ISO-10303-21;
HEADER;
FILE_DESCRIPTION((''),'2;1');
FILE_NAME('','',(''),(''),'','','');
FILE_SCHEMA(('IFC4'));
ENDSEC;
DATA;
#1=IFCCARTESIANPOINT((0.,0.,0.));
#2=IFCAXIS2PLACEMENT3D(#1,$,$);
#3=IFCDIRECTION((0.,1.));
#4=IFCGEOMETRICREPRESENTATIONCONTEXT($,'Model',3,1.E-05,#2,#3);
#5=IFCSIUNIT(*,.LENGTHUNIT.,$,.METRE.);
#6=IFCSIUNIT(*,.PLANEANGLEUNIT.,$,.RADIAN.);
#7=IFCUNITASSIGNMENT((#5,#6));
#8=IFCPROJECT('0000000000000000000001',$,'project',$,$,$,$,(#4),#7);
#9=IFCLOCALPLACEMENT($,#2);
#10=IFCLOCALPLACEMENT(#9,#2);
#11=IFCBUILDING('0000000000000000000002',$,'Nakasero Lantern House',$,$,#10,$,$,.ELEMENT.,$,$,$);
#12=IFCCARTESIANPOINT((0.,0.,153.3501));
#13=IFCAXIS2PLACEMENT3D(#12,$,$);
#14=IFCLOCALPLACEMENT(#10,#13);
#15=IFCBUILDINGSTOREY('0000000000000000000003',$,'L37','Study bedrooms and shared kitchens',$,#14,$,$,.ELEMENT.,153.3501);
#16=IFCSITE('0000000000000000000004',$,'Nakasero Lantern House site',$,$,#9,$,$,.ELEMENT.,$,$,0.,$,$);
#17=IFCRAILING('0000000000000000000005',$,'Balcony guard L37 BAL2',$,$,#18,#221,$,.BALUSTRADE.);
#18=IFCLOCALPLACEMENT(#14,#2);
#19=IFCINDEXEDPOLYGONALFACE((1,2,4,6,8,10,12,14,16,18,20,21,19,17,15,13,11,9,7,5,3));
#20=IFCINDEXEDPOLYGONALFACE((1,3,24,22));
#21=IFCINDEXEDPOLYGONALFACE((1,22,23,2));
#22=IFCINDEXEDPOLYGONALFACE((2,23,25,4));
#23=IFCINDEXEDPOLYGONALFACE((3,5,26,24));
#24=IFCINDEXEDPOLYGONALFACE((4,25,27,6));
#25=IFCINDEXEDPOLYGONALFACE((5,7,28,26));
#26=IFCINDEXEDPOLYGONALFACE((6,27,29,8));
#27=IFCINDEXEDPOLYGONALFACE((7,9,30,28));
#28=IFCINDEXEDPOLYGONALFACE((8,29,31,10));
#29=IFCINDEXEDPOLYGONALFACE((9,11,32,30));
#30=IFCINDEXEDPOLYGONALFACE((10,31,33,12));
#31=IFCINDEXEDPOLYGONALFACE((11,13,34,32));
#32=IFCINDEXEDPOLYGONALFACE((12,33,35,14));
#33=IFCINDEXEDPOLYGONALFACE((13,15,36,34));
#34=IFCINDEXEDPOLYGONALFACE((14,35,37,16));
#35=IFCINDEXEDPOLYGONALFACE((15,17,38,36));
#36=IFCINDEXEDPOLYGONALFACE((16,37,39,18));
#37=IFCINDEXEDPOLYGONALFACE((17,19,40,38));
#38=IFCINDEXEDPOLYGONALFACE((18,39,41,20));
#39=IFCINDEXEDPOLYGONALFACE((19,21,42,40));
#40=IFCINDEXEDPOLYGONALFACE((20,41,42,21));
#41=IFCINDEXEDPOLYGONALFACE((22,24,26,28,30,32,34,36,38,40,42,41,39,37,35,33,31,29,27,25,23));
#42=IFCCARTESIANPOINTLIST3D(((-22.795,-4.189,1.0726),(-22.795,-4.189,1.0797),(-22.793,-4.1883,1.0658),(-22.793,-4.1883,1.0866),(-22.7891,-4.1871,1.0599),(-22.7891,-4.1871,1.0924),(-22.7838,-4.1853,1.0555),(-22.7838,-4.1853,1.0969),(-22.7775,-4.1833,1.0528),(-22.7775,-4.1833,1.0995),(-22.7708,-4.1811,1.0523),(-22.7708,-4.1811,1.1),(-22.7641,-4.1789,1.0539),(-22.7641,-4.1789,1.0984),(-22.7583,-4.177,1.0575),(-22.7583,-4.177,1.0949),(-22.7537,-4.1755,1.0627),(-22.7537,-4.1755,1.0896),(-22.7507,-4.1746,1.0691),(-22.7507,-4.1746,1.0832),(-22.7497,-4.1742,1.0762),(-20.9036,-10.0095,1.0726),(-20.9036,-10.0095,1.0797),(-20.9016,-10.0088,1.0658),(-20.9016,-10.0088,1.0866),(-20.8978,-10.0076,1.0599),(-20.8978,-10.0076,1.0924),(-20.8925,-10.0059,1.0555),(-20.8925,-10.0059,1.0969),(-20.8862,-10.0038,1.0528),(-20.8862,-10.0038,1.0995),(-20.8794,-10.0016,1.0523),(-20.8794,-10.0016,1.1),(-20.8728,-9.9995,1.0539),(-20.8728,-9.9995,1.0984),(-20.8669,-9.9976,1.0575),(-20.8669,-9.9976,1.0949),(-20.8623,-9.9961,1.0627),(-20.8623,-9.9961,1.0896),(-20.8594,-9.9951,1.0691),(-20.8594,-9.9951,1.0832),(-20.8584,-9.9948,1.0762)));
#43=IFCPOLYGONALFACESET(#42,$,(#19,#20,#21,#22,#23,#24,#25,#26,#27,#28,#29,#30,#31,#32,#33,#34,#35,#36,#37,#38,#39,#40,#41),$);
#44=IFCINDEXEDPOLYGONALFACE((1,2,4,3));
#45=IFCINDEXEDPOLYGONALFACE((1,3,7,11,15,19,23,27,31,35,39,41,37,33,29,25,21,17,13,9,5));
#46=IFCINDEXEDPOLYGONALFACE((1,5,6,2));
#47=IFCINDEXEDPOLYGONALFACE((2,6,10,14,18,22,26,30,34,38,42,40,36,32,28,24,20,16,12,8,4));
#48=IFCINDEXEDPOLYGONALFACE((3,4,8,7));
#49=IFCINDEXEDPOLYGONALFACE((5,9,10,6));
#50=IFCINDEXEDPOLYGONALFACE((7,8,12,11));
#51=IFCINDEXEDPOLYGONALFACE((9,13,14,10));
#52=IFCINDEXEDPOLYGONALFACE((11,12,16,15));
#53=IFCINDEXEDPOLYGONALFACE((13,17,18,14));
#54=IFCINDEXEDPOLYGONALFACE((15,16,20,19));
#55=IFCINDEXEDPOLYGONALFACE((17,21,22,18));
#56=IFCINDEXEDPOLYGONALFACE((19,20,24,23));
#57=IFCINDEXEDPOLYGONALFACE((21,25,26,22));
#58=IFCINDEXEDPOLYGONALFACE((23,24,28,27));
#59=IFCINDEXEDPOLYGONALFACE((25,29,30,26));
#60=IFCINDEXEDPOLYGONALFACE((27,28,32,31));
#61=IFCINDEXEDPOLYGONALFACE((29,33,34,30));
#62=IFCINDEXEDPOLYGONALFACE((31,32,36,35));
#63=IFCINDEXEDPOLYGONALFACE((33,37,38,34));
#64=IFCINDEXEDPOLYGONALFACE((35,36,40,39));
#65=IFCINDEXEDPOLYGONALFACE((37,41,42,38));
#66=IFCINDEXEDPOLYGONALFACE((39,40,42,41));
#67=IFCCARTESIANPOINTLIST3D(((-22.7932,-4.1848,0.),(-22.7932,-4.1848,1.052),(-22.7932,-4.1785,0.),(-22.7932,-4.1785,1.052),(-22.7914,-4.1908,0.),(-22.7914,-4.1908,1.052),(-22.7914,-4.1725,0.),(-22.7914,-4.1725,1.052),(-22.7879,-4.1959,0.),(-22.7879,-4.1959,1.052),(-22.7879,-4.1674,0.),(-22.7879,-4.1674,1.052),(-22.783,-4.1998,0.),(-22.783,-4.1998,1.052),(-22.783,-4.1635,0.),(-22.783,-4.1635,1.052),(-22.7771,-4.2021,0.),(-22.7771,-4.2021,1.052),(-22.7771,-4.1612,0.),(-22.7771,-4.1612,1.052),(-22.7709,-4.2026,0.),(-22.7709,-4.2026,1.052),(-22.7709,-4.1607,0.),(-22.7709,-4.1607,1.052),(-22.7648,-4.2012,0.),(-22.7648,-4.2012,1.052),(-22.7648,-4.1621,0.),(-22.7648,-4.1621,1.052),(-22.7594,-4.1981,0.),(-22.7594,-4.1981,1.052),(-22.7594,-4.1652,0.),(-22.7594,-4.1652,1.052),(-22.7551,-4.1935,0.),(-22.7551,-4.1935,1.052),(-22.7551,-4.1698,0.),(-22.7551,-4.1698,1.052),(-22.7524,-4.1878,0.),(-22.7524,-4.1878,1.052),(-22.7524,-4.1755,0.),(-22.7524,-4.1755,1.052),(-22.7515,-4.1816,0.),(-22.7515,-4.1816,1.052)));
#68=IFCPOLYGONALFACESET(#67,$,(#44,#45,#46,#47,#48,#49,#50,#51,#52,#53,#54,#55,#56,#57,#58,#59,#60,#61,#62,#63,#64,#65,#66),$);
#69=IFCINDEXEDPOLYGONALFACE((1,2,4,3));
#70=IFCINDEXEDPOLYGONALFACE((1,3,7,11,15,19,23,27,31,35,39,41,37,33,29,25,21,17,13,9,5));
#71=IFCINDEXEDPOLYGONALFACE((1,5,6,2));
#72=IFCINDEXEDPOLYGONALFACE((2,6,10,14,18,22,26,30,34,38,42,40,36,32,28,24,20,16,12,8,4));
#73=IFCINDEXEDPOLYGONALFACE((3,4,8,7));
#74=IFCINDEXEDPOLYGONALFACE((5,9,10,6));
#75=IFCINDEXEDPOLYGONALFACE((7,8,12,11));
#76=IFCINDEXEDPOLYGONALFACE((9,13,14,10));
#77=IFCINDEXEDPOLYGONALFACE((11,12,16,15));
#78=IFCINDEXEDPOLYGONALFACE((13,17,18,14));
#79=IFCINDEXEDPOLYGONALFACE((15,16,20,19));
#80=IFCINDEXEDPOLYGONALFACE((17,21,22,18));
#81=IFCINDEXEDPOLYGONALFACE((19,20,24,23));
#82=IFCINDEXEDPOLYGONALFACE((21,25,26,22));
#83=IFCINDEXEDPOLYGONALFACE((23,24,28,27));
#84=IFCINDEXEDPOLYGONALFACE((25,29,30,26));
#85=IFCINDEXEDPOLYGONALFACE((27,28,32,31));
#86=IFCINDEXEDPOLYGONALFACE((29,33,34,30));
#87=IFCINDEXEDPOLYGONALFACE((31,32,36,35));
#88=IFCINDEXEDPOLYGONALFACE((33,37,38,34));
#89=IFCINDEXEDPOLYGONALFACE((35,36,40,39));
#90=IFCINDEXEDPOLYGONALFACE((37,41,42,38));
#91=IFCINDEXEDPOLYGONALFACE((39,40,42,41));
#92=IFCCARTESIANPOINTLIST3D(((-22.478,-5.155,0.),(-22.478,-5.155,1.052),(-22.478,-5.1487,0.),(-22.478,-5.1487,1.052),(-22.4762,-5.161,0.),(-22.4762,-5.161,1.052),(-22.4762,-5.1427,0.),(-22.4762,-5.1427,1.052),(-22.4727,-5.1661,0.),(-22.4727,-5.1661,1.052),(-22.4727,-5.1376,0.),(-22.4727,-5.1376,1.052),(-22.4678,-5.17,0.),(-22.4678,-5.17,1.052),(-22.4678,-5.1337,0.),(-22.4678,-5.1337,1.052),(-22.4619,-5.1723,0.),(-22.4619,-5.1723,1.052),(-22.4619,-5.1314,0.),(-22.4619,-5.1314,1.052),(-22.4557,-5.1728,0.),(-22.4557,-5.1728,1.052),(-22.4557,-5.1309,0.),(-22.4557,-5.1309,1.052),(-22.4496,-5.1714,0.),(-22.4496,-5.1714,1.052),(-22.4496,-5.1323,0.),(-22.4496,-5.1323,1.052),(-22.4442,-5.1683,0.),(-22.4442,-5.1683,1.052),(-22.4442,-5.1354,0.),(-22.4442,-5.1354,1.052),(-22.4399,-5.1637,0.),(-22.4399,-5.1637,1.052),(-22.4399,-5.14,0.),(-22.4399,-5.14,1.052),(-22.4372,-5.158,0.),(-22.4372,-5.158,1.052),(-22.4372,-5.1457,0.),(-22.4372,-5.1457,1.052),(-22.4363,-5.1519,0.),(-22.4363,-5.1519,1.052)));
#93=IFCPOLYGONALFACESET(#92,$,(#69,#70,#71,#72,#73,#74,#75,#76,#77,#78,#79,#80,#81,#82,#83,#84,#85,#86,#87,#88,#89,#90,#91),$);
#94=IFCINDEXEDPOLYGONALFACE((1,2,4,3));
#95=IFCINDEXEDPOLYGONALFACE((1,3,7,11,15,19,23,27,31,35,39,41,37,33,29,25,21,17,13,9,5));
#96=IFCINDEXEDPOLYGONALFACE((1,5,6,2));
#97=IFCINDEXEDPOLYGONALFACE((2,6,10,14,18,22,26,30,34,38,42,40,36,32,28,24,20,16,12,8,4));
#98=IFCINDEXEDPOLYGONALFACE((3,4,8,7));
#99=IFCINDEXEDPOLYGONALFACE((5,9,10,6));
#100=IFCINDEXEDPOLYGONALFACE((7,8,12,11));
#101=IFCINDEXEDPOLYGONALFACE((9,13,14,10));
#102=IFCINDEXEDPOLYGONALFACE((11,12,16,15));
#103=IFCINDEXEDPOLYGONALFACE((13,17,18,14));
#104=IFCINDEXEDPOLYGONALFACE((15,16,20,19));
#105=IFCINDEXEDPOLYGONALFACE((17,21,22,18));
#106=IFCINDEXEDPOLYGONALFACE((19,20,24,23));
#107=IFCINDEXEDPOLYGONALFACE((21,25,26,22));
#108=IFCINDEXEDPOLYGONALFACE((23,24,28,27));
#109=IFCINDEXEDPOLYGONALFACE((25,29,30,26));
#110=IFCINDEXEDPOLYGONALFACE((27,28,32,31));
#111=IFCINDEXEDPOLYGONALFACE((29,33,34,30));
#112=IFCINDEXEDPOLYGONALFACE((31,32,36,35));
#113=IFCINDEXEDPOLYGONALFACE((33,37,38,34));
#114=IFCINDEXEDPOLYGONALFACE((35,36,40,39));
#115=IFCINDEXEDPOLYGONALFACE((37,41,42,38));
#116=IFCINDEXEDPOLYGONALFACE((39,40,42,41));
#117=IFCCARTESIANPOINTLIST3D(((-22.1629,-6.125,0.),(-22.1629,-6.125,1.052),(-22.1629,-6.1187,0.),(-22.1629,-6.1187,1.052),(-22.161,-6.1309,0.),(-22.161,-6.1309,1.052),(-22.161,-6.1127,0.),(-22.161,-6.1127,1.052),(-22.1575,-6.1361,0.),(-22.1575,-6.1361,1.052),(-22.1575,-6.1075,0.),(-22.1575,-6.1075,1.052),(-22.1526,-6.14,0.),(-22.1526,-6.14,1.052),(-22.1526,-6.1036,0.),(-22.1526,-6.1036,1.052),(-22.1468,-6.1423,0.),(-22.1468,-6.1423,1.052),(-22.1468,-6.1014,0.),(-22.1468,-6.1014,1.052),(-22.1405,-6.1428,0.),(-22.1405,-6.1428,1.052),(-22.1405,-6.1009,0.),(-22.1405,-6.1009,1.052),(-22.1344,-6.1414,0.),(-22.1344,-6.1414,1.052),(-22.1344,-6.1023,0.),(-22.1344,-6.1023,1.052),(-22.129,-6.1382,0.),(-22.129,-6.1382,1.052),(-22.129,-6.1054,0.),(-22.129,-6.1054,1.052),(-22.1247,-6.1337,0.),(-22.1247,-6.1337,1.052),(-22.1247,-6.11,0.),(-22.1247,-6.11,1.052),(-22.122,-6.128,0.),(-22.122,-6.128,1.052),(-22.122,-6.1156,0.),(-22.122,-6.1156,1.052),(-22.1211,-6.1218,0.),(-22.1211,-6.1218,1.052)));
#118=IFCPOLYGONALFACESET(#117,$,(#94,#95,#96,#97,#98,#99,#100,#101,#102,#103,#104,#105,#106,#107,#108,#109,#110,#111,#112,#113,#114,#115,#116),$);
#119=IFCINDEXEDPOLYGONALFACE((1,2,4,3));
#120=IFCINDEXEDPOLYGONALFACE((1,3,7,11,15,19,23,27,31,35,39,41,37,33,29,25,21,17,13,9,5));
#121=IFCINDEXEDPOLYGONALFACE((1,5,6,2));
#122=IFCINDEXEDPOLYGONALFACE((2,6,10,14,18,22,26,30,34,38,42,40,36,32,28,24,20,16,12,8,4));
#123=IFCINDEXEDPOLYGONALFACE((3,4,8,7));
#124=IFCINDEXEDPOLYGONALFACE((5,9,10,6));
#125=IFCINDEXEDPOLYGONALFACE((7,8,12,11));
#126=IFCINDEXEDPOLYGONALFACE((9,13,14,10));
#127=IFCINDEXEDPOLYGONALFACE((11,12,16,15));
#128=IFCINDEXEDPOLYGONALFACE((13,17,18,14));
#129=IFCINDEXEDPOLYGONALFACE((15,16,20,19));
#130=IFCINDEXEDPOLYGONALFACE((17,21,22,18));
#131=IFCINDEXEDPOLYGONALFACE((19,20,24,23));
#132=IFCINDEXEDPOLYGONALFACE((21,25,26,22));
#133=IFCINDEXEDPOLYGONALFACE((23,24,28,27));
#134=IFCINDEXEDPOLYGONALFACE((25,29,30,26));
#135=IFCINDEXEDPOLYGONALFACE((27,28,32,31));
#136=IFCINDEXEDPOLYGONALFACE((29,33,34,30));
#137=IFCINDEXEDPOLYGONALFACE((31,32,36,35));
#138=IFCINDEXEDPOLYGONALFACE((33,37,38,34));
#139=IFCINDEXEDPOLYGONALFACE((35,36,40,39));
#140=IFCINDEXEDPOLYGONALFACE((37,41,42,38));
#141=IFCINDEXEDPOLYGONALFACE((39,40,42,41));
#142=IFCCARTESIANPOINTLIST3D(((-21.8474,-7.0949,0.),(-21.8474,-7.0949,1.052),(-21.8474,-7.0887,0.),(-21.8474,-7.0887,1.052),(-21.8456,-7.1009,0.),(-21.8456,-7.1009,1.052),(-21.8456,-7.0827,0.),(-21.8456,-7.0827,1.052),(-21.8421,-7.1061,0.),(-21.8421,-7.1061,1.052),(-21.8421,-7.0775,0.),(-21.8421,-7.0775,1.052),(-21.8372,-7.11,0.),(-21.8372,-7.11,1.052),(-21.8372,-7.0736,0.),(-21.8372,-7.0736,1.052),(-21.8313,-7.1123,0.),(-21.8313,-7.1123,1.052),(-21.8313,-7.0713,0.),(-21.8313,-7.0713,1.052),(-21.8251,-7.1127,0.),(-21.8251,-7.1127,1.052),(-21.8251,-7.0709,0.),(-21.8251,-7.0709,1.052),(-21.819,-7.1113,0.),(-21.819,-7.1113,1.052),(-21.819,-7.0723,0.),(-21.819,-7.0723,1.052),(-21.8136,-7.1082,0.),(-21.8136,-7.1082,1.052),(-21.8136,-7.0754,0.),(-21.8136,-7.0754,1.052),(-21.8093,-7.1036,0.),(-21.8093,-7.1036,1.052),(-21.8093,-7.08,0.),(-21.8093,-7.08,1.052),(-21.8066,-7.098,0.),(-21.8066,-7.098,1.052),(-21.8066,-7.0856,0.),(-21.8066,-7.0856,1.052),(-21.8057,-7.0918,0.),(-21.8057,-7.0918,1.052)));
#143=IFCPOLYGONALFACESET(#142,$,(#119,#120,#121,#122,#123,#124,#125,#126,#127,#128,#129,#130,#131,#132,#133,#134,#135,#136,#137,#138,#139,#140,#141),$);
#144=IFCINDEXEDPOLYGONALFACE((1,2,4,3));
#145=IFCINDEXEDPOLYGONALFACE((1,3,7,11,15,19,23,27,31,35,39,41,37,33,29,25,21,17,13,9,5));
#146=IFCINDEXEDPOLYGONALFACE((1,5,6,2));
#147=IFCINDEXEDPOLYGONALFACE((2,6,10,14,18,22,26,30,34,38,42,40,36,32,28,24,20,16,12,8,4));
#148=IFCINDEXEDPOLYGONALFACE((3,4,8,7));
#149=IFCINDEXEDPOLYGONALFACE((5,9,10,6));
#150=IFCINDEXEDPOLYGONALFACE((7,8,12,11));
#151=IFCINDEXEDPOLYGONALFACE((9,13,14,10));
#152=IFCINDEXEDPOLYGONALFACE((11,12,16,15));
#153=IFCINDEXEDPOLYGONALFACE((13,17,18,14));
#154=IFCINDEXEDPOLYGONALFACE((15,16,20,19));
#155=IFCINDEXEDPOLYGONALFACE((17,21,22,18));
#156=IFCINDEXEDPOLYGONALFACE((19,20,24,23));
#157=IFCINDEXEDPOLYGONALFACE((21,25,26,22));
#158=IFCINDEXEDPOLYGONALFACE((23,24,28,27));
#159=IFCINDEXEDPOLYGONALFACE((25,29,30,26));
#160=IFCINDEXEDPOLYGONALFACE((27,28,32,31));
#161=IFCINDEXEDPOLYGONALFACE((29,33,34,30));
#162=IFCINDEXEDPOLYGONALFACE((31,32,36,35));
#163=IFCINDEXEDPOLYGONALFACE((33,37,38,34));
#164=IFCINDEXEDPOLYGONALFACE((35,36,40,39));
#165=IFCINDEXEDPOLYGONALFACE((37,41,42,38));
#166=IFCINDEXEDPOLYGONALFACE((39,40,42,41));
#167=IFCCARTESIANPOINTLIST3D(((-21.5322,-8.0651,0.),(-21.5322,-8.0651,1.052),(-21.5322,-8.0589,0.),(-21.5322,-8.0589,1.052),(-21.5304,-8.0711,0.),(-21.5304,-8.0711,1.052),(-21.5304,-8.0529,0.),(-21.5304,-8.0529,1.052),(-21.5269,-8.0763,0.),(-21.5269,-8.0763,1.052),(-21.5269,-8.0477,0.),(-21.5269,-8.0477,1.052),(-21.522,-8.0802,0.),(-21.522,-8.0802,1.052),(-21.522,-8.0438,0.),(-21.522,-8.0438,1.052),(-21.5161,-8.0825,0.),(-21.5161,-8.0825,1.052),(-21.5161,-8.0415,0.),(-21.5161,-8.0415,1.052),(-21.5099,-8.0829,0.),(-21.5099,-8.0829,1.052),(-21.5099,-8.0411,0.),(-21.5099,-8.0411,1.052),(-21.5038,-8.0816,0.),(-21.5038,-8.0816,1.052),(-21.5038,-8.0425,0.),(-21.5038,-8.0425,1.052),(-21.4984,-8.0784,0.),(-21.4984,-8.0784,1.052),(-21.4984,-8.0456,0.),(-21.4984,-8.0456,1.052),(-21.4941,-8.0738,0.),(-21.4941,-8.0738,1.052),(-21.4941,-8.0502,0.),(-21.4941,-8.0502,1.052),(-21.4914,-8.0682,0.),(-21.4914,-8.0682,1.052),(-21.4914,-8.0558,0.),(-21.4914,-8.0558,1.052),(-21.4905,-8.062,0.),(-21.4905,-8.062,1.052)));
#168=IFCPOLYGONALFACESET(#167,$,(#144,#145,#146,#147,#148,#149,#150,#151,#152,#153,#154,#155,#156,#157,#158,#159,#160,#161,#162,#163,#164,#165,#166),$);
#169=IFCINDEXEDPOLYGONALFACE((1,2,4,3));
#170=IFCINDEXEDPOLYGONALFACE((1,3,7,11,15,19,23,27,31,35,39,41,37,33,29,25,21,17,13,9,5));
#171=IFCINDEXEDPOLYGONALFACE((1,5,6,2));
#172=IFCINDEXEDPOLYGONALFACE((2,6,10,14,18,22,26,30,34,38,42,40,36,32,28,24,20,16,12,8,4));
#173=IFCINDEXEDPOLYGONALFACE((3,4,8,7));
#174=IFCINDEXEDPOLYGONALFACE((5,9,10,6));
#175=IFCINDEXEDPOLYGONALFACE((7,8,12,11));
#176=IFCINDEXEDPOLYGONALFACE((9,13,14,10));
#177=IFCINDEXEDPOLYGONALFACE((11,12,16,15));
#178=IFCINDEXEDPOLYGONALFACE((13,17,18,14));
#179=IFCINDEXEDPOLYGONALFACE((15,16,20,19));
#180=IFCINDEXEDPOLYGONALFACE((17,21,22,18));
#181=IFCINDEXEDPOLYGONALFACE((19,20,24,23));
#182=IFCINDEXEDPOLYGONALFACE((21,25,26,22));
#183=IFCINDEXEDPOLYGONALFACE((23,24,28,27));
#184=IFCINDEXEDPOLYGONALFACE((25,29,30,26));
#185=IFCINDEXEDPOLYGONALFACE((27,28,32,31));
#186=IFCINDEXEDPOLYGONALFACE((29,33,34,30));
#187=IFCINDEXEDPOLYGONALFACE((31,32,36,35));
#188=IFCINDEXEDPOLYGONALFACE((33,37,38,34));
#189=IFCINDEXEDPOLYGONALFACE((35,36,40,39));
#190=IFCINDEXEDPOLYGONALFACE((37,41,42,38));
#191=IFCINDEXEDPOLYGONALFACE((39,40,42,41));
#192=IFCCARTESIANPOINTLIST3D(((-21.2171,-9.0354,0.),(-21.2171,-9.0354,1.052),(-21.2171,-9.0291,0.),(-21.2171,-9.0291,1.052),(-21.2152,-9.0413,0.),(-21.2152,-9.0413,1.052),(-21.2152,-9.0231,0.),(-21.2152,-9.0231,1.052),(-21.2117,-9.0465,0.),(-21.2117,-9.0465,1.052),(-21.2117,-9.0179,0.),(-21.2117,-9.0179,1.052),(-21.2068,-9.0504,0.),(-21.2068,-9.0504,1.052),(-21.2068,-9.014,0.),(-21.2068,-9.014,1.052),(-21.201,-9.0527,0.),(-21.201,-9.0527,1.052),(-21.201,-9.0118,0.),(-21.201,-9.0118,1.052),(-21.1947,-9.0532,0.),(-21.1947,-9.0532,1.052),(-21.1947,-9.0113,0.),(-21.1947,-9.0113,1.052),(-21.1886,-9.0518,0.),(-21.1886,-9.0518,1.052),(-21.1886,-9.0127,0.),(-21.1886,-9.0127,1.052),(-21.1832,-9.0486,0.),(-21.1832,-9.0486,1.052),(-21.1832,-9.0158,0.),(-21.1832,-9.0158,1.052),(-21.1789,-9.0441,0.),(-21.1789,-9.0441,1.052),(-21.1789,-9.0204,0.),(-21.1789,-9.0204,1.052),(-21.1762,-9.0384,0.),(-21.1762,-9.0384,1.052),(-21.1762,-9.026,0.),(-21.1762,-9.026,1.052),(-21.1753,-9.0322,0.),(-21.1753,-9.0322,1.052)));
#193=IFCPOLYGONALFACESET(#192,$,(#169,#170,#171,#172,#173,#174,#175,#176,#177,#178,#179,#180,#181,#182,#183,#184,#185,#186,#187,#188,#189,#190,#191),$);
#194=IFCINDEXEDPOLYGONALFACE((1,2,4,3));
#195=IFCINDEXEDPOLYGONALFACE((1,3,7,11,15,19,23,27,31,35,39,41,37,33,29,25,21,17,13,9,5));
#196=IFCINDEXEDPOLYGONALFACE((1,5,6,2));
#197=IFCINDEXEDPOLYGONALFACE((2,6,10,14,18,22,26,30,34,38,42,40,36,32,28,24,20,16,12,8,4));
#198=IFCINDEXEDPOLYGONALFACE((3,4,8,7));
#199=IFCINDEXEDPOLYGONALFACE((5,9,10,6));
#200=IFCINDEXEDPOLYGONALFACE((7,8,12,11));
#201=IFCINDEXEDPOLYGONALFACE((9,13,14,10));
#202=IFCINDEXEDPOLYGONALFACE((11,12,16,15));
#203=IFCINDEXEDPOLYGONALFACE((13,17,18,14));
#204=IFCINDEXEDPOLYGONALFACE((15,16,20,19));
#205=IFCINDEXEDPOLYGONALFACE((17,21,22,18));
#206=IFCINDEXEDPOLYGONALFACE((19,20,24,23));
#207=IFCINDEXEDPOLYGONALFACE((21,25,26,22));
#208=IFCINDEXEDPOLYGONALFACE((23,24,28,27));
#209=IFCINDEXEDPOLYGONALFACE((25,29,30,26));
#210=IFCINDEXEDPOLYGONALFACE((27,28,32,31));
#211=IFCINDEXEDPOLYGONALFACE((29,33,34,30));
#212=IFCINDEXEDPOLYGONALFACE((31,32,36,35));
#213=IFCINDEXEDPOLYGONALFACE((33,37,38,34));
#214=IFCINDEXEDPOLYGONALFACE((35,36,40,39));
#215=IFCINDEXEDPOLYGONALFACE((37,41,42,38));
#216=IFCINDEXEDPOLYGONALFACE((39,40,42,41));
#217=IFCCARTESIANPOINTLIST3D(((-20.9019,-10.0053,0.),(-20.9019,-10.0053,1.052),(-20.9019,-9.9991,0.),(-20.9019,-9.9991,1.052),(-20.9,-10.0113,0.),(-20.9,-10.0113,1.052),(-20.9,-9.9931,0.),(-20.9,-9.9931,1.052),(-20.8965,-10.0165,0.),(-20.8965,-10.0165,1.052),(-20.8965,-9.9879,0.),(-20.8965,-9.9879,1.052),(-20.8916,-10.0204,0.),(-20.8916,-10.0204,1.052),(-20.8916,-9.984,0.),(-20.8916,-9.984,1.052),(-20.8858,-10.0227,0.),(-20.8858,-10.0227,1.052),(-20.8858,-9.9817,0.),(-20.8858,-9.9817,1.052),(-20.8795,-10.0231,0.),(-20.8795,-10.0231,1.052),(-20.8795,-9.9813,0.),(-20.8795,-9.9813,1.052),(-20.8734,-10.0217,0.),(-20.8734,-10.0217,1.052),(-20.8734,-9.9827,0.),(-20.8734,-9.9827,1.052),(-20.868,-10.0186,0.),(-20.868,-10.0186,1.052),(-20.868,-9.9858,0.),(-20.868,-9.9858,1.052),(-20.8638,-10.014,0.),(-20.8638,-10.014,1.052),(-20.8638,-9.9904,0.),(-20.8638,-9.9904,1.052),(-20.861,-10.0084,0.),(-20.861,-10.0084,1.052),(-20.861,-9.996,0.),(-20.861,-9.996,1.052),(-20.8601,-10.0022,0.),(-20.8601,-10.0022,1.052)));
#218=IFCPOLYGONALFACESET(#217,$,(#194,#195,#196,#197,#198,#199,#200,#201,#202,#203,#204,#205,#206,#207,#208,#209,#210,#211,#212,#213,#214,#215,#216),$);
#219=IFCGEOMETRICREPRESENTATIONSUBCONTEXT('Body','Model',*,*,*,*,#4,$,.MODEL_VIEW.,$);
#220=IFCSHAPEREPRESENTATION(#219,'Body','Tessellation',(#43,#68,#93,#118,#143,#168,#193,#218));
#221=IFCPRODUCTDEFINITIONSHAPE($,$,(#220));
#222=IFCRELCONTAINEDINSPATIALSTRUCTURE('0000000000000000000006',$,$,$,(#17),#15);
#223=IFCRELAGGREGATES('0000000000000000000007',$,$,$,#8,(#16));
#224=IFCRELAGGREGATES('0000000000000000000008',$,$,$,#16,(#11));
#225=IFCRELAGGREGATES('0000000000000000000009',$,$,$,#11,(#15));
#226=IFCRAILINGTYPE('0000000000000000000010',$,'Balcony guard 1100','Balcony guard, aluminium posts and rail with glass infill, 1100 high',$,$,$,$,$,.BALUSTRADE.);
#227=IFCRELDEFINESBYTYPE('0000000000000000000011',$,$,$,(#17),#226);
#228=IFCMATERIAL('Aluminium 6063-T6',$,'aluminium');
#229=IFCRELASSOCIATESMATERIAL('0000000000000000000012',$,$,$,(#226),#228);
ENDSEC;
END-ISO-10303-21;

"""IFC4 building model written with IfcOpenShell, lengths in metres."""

from ifc_helpers import new_model, si_unit, direction, frame, origin, origin_2d, place, context, subcontext, project, spatial, circle, extrude, material, type_object, element, save


model = new_model("IFC4")

# Units and contexts
model_context = context("Model", 3, precision=1e-05, world=origin(), true_north=direction((0.0, 1.0)))
body_context = subcontext(model_context, "Body", "Model", "MODEL_VIEW")
ifc_project = project(units=[si_unit("LENGTHUNIT", "METRE"), si_unit("PLANEANGLEUNIT", "RADIAN")], contexts=[model_context])

# Site, building, storey
site_placement = place(None, origin())
site = spatial("IfcSite", under=ifc_project, at=site_placement, Name="Nakasero Lantern House site", CompositionType="ELEMENT", RefElevation=0.0)
building_placement = place(site_placement, origin())
building = spatial("IfcBuilding", under=site, at=building_placement, Name="Nakasero Lantern House", CompositionType="ELEMENT")
storey_placement = place(building_placement, frame((0.0, 0.0, 153.3501)))
storey = spatial("IfcBuildingStorey", under=building, at=storey_placement, Name="L37", Description="Study bedrooms and shared kitchens", CompositionType="ELEMENT", Elevation=153.3501)

# Railing
ifc_material_1 = material(Name="Aluminium 6063-T6", Category="aluminium")
railing_type = type_object("IfcRailingType", Name="Balcony guard 1100", Description="Balcony guard, aluminium posts and rail with glass infill, 1100 high", PredefinedType="BALUSTRADE", material=ifc_material_1)
railing_placement = place(storey_placement, frame((-22.7725, -4.1816, 0.0)))
element("IfcRailing", 1, at=railing_placement, inside=storey, type_object=railing_type, Name="Balcony guard L37 BAL2", PredefinedType="BALUSTRADE", context=body_context, shape_type="SweptSolid", body=[
    extrude(circle(Radius=0.0239, at=origin_2d()), frame((0.0, 0.0, 1.0762), z_axis=(0.309038, -0.95105, 0.0), x_axis=(0.95105, 0.309038, 0.0)), (0.0, 0.0, 1.0), 6.1201),
    extrude(circle(Radius=0.021, at=origin_2d()), origin(), (0.0, 0.0, 1.0), 1.052),
    extrude(circle(Radius=0.021, at=origin_2d()), frame((0.3152, -0.9702, 0.0)), (0.0, 0.0, 1.0), 1.052),
    extrude(circle(Radius=0.021, at=origin_2d()), frame((0.6304, -1.9402, 0.0)), (0.0, 0.0, 1.0), 1.052),
    extrude(circle(Radius=0.021, at=origin_2d()), frame((0.9458, -2.9102, 0.0)), (0.0, 0.0, 1.0), 1.052),
    extrude(circle(Radius=0.021, at=origin_2d()), frame((1.261, -3.8804, 0.0)), (0.0, 0.0, 1.0), 1.052),
    extrude(circle(Radius=0.021, at=origin_2d()), frame((1.5762, -4.8506, 0.0)), (0.0, 0.0, 1.0), 1.052),
    extrude(circle(Radius=0.021, at=origin_2d()), frame((1.8914, -5.8206, 0.0)), (0.0, 0.0, 1.0), 1.052),
])

save(model, "model.ifc")
